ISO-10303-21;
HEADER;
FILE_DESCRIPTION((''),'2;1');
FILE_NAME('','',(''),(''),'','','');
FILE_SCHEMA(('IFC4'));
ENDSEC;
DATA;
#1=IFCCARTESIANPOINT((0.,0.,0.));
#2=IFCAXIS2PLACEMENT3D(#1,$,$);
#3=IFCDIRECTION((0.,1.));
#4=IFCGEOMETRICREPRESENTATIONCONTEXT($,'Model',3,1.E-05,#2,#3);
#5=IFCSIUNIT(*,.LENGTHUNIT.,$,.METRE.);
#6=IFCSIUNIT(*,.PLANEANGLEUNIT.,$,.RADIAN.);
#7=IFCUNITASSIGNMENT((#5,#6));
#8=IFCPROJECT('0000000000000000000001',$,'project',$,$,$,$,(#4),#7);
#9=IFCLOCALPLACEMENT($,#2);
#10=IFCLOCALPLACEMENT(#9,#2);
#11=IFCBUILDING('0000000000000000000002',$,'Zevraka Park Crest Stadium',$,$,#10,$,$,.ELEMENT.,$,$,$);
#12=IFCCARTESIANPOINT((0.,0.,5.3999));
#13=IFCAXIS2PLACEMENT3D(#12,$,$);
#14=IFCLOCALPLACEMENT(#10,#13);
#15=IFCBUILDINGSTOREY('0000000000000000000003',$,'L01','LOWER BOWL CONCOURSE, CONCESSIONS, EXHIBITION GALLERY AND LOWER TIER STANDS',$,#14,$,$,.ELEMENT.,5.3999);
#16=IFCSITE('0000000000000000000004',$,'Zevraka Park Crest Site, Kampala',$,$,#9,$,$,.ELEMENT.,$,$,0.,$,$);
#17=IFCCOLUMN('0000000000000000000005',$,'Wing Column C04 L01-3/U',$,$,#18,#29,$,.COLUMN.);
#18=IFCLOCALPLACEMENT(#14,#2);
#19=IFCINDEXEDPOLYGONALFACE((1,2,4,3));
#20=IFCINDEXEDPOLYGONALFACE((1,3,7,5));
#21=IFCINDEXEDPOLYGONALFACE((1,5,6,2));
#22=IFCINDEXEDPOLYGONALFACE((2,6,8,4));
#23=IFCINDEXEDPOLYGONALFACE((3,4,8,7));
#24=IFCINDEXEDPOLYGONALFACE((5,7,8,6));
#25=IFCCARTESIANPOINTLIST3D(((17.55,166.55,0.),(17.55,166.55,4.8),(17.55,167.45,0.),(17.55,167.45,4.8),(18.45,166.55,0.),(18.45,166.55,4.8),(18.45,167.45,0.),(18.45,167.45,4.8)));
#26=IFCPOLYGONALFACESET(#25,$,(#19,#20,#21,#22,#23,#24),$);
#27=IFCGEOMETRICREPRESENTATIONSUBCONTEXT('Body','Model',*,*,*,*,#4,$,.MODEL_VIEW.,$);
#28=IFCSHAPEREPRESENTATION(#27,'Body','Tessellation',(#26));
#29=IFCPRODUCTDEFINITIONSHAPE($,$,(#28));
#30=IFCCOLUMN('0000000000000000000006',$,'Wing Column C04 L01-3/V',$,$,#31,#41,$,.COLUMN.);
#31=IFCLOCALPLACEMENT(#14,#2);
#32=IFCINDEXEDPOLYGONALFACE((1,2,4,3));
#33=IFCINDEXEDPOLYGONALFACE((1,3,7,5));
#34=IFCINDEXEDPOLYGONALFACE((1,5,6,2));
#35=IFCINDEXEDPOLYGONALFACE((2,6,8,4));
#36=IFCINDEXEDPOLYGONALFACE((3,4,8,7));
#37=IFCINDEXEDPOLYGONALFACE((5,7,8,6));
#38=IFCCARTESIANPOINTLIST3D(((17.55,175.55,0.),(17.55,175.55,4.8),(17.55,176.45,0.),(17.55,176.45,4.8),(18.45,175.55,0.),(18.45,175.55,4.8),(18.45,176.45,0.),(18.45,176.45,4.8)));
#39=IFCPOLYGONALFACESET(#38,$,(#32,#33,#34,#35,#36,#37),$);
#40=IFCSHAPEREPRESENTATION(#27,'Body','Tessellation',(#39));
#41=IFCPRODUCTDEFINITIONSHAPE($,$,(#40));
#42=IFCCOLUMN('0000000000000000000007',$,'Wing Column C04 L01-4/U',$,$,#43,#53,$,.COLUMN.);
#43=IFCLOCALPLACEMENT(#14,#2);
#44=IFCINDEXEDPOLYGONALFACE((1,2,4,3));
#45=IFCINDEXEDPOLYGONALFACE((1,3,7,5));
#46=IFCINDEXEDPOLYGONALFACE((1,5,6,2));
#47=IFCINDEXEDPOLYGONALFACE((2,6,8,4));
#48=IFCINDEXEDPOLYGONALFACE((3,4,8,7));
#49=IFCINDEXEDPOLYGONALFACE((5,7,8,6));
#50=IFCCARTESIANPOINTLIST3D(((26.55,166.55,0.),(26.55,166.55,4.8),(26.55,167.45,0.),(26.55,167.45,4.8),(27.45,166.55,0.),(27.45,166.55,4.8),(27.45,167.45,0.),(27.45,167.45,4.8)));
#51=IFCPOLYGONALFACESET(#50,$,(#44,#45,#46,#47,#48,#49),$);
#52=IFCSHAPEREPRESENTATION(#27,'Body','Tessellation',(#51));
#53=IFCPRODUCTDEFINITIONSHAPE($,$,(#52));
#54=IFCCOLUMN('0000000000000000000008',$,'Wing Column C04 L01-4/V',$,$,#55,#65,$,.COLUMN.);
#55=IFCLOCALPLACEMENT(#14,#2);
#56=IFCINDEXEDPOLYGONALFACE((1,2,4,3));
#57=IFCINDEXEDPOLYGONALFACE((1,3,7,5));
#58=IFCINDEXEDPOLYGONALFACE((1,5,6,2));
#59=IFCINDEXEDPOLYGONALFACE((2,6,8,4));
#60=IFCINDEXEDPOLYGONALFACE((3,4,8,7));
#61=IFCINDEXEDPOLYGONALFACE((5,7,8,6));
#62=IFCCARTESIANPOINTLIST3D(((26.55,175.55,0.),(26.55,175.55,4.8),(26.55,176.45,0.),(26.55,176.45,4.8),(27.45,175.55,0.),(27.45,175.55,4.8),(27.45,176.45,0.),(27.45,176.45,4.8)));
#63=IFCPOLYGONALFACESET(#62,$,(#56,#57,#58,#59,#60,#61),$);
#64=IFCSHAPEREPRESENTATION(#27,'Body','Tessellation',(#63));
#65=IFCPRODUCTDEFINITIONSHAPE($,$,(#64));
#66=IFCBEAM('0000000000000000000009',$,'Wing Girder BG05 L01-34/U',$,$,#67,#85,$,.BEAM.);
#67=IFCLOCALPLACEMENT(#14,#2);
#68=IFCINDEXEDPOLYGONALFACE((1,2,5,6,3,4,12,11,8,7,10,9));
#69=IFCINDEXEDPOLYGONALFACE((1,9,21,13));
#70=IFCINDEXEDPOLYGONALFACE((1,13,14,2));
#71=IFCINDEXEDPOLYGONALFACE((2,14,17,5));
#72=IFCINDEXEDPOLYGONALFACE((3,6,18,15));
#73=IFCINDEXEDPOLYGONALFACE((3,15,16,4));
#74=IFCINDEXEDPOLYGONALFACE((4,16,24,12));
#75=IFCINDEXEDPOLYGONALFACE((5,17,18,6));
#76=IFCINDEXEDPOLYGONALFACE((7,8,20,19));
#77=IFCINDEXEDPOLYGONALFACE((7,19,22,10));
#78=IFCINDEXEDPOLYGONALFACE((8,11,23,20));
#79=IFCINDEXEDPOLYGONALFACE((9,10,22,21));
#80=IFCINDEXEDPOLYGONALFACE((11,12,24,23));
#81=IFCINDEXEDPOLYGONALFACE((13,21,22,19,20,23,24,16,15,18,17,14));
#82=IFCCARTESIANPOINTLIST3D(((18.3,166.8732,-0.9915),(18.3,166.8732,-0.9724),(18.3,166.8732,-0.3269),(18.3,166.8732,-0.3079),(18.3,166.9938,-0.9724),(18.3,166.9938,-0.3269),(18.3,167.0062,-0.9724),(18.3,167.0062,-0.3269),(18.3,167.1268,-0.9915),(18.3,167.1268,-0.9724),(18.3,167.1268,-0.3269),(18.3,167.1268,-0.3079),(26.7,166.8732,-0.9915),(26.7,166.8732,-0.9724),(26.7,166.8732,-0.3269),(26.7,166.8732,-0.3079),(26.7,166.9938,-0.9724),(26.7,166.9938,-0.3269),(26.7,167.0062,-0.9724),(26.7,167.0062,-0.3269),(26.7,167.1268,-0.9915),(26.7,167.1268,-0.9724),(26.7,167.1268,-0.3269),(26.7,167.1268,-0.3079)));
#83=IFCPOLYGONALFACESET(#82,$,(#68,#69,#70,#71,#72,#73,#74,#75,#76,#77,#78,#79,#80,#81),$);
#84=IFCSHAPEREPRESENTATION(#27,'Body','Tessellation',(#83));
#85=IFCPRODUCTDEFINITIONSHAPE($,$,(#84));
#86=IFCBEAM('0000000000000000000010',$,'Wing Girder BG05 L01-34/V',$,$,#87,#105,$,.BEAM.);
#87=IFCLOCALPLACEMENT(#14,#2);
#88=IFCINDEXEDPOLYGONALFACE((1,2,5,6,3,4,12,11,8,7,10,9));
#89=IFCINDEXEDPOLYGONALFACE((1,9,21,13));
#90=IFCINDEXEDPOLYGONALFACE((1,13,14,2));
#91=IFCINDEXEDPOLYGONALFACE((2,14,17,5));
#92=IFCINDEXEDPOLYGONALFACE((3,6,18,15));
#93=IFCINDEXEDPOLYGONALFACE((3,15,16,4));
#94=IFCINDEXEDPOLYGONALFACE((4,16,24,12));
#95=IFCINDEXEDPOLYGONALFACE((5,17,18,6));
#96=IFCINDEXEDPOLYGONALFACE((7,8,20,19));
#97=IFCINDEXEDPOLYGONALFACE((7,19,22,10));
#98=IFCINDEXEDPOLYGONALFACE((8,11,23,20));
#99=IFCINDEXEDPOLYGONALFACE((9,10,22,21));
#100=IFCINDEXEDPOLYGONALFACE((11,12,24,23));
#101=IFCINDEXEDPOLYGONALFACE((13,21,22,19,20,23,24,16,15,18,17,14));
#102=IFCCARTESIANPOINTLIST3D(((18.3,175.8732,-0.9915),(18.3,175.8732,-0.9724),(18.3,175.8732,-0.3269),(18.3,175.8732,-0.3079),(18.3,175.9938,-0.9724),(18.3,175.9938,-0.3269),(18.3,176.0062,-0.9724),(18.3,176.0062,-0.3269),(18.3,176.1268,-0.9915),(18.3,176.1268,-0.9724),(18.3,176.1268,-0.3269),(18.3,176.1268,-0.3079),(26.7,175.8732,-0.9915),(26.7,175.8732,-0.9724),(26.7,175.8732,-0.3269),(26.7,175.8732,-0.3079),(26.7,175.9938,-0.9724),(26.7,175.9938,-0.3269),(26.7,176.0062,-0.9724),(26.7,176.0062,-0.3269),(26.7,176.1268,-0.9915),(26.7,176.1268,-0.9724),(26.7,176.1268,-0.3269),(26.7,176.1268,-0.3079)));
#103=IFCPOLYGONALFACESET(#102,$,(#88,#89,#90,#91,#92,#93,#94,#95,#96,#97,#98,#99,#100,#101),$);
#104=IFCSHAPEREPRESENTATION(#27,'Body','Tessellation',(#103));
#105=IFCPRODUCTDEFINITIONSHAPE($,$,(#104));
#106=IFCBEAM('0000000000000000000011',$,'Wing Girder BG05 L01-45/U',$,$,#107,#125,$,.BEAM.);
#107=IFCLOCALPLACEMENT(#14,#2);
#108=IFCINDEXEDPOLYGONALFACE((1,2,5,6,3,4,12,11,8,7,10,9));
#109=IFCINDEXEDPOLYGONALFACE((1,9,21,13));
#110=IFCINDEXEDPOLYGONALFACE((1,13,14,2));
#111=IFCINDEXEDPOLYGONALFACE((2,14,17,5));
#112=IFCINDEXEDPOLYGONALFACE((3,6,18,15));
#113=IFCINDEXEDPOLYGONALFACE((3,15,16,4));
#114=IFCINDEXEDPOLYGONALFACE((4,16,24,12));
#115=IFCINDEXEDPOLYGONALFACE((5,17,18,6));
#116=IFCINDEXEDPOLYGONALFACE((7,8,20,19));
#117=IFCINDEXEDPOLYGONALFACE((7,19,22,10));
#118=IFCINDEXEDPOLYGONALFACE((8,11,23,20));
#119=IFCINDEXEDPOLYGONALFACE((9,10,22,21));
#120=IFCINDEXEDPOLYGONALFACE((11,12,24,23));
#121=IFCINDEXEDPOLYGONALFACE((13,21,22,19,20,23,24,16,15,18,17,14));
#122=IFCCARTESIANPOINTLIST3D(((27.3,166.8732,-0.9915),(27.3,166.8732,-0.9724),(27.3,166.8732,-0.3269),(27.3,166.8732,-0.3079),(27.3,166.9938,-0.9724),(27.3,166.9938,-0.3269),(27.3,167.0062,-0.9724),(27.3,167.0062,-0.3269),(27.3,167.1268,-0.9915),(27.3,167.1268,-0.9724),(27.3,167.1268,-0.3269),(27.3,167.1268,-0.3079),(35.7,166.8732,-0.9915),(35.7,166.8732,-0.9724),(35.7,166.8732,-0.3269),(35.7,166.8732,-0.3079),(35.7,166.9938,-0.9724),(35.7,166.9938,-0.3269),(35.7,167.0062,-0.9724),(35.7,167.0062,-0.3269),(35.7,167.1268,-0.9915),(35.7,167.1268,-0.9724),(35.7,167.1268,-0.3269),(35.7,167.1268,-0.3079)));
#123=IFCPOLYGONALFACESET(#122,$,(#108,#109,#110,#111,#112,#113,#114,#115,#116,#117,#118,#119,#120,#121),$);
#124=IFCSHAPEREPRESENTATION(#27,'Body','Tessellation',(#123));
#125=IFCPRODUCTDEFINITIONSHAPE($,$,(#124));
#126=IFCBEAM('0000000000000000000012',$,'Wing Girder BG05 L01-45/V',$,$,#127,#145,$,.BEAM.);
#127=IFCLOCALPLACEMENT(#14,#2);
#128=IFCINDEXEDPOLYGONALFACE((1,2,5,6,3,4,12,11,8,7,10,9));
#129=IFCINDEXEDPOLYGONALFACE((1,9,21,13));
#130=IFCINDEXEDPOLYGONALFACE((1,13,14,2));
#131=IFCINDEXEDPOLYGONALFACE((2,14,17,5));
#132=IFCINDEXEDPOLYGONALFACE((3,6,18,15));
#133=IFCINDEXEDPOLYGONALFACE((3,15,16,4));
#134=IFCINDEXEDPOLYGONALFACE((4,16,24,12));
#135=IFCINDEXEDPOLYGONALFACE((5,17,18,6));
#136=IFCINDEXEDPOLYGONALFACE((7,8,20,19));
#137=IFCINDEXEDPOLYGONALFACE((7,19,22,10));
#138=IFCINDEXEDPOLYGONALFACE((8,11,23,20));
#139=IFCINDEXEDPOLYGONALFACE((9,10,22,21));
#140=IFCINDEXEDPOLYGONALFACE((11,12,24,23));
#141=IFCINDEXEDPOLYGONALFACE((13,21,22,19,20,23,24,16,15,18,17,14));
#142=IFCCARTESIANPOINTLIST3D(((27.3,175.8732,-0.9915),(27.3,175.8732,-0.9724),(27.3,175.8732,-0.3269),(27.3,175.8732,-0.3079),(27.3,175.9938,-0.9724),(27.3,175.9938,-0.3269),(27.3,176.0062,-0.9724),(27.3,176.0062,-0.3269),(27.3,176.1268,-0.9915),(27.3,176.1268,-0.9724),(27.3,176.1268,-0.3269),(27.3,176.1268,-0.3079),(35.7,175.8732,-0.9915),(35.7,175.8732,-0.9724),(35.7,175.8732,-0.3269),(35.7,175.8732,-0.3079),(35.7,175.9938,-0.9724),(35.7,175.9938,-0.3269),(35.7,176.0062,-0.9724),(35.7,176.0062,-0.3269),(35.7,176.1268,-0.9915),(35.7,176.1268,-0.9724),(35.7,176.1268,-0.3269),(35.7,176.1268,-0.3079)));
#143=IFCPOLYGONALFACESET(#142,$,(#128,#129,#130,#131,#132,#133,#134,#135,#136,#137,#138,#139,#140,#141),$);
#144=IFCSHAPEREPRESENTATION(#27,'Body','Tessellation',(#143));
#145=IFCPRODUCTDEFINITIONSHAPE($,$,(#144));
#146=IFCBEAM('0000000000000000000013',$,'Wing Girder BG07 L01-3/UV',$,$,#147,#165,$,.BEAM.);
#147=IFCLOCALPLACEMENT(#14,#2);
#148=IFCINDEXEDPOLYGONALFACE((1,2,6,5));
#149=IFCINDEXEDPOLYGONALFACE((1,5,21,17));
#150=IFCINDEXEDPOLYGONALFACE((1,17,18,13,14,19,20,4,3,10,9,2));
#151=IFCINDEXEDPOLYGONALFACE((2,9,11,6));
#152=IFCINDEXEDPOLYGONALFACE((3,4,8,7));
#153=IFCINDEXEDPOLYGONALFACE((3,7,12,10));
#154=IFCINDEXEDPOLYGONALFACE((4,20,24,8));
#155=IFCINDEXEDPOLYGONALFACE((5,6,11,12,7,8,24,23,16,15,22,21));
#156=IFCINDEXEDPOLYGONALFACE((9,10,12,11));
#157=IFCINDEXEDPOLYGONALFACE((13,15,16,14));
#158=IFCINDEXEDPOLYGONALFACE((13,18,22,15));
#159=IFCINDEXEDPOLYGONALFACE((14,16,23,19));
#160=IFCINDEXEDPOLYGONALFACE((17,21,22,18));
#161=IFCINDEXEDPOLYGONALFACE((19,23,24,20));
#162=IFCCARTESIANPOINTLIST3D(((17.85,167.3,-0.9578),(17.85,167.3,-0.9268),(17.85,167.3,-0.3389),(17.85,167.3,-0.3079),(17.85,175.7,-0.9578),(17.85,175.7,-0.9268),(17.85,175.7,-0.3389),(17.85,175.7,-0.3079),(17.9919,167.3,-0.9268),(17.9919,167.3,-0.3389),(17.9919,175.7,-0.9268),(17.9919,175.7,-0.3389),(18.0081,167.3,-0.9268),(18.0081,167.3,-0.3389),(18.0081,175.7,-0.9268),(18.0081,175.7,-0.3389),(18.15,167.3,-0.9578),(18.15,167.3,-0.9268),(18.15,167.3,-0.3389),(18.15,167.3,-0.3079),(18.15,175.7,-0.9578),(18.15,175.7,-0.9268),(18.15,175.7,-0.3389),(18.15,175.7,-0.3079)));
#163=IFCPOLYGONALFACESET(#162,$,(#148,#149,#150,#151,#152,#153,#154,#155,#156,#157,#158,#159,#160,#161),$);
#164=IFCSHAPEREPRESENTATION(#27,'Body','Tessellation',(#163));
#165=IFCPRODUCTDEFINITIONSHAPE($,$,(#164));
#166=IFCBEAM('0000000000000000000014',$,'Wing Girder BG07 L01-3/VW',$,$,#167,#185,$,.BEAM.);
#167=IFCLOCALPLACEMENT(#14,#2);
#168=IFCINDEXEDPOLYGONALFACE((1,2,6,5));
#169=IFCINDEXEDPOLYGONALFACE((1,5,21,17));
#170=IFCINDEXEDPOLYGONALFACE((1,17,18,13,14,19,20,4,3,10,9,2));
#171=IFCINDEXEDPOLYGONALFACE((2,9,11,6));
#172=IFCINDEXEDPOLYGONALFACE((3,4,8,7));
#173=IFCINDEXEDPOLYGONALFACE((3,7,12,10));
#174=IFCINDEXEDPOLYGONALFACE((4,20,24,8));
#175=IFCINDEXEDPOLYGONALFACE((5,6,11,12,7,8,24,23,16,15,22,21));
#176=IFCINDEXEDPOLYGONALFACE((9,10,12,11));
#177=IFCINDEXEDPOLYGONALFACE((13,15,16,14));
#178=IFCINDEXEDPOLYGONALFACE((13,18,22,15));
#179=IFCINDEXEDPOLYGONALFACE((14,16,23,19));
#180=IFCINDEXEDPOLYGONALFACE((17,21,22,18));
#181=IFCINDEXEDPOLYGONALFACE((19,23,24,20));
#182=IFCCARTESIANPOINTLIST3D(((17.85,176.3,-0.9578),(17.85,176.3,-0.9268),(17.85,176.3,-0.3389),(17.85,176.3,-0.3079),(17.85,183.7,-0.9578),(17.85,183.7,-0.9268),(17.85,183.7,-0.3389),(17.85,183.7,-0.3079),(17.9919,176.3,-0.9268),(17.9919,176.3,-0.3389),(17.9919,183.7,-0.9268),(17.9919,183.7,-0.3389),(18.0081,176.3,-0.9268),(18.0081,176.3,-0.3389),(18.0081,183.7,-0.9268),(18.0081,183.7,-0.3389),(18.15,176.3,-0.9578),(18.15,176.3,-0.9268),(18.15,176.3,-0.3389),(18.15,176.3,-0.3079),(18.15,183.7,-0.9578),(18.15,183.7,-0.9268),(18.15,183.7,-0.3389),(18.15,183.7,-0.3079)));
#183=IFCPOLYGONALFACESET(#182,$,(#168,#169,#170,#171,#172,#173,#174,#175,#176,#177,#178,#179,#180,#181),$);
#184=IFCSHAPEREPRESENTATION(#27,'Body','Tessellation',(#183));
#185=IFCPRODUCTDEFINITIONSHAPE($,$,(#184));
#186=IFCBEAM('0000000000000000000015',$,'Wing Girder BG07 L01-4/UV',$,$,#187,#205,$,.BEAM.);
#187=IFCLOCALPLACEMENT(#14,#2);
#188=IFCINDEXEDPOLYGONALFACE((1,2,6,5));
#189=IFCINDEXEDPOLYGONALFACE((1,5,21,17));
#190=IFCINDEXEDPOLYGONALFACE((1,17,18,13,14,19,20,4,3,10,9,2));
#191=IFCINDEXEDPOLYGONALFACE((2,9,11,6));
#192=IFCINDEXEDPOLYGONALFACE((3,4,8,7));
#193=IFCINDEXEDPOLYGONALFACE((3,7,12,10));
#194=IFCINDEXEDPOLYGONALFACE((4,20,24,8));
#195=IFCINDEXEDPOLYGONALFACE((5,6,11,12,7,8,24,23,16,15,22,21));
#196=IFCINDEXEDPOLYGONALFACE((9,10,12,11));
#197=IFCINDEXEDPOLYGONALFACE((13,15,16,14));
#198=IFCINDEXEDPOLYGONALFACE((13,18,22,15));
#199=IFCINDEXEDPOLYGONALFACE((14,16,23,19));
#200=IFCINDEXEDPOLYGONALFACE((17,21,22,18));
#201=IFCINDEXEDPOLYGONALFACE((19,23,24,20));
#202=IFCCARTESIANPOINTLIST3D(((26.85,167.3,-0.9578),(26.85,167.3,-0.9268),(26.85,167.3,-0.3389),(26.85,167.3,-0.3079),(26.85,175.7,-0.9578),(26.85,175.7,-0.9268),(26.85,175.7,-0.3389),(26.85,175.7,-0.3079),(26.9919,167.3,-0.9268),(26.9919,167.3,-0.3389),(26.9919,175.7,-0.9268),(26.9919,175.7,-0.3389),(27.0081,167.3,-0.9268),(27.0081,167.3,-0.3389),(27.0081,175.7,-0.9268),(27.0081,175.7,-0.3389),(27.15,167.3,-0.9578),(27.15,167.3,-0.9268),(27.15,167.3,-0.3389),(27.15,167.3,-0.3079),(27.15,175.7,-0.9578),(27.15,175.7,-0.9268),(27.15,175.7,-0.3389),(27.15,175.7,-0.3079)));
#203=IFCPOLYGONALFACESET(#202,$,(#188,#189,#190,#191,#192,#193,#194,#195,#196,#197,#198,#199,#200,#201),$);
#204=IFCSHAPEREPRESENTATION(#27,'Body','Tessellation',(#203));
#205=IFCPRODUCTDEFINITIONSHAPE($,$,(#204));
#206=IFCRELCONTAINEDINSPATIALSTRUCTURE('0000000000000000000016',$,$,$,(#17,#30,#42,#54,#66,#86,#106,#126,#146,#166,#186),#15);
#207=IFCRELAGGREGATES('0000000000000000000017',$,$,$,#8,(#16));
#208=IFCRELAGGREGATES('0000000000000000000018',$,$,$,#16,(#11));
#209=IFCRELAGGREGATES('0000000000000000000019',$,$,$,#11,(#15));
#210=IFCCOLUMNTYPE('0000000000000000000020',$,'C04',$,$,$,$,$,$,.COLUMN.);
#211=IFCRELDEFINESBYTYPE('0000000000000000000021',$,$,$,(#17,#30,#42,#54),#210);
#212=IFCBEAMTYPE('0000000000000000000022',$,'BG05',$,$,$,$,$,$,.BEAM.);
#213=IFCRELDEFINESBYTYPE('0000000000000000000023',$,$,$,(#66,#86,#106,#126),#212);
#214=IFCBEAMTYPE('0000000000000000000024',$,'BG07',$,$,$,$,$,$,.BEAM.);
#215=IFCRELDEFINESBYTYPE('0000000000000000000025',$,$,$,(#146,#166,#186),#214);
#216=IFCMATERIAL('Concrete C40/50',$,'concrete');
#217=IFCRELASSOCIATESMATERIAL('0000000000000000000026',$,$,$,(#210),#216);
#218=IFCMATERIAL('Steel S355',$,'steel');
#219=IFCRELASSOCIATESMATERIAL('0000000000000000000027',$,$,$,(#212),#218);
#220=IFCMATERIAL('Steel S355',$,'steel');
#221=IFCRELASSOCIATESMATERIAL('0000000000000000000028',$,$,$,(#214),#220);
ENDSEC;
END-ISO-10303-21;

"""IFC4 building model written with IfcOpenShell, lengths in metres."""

from ifc_helpers import new_model, si_unit, direction, frame, origin, origin_2d, place, context, subcontext, project, spatial, rectangle, i_section, extrude, material, material_profile, profile_set, type_object, element, save


model = new_model("IFC4")

# Units and contexts
model_context = context("Model", 3, precision=1e-05, world=origin(), true_north=direction((0.0, 1.0)))
body_context = subcontext(model_context, "Body", "Model", "MODEL_VIEW")
ifc_project = project(units=[si_unit("LENGTHUNIT", "METRE"), si_unit("PLANEANGLEUNIT", "RADIAN")], contexts=[model_context])

# Site, building, storey
site_placement = place(None, origin())
site = spatial("IfcSite", under=ifc_project, at=site_placement, Name="Zevraka Park Crest Site, Kampala", CompositionType="ELEMENT", RefElevation=0.0)
building_placement = place(site_placement, origin())
building = spatial("IfcBuilding", under=site, at=building_placement, Name="Zevraka Park Crest Stadium", CompositionType="ELEMENT")
storey_placement = place(building_placement, frame((0.0, 0.0, 5.3999)))
storey = spatial("IfcBuildingStorey", under=building, at=storey_placement, Name="L01", Description="LOWER BOWL CONCOURSE, CONCESSIONS, EXHIBITION GALLERY AND LOWER TIER STANDS", CompositionType="ELEMENT", Elevation=5.3999)

# Columns
ifc_material_1 = material(Name="Concrete C40/50", Category="concrete")
ifc_material_profile_1 = material_profile(ifc_material_1, rectangle(XDim=0.8999, YDim=0.8999, at=origin_2d()), Name="RC 900x900")
ifc_profile_set_1 = profile_set([ifc_material_profile_1], Name="Concrete C40/50")
column_type = type_object("IfcColumnType", Name="C04", PredefinedType="COLUMN", material=ifc_profile_set_1)
for number, where, z_axis, x_axis, name in (
    (1, (18.0, 167.0, 0.0), (0.0, 0.0, 1.0), (1.0, 0.0, 0.0), "Wing Column C04 L01-3/U"),
    (2, (18.0, 176.0, 0.0), (0.0, 0.0, 1.0), (1.0, 0.0, 0.0), "Wing Column C04 L01-3/V"),
    (3, (27.0, 167.0, 0.0), (0.0, 0.0, 1.0), (1.0, 0.0, 0.0), "Wing Column C04 L01-4/U"),
    (4, (27.0, 176.0, 0.0), (0.0, 0.0, 1.0), (1.0, 0.0, 0.0), "Wing Column C04 L01-4/V"),
):
    element("IfcColumn", number, at=place(storey_placement, frame(where, z_axis=z_axis, x_axis=x_axis)), inside=storey, type_object=column_type, Name=name, PredefinedType="COLUMN", context=body_context, shape_type="SweptSolid", body=[
        extrude(rectangle(XDim=0.8999, YDim=0.8999, at=origin_2d()), origin(), (0.0, 0.0, 1.0), 4.8),
    ])

# Beams
ifc_material_2 = material(Name="Steel S355", Category="steel")
ifc_material_profile_2 = material_profile(ifc_material_2, i_section(OverallWidth=0.2537, OverallDepth=0.6836, WebThickness=0.0125, FlangeThickness=0.019, at=origin_2d()), Name="UKB 686x254x140")
ifc_profile_set_2 = profile_set([ifc_material_profile_2], Name="Steel S355")
beam_type_1 = type_object("IfcBeamType", Name="BG05", PredefinedType="BEAM", material=ifc_profile_set_2)
for number, where, z_axis, x_axis, name in (
    (5, (18.3, 167.0, -0.6497), (1.0, 0.0, 0.0), (0.0, 1.0, 0.0), "Wing Girder BG05 L01-34/U"),
    (6, (18.3, 176.0, -0.6497), (1.0, 0.0, 0.0), (0.0, 1.0, 0.0), "Wing Girder BG05 L01-34/V"),
    (7, (27.3, 167.0, -0.6497), (1.0, 0.0, 0.0), (0.0, 1.0, 0.0), "Wing Girder BG05 L01-45/U"),
    (8, (27.3, 176.0, -0.6497), (1.0, 0.0, 0.0), (0.0, 1.0, 0.0), "Wing Girder BG05 L01-45/V"),
):
    element("IfcBeam", number, at=place(storey_placement, frame(where, z_axis=z_axis, x_axis=x_axis)), inside=storey, type_object=beam_type_1, Name=name, PredefinedType="BEAM", context=body_context, shape_type="SweptSolid", body=[
        extrude(i_section(OverallWidth=0.2537, OverallDepth=0.6836, WebThickness=0.0125, FlangeThickness=0.019, at=origin_2d()), origin(), (0.0, 0.0, 1.0), 8.3999),
    ])
ifc_material_3 = material(Name="Steel S355", Category="steel")
ifc_material_profile_3 = material_profile(ifc_material_3, i_section(OverallWidth=0.3, OverallDepth=0.6499, WebThickness=0.0161, FlangeThickness=0.031, at=origin_2d()), Name="HEB 650")
ifc_profile_set_3 = profile_set([ifc_material_profile_3], Name="Steel S355")
beam_type_2 = type_object("IfcBeamType", Name="BG07", PredefinedType="BEAM", material=ifc_profile_set_3)
beam_1_placement = place(storey_placement, frame((18.0, 167.3, -0.6328), z_axis=(0.0, 1.0, 0.0), x_axis=(-1.0, 0.0, 0.0)))
element("IfcBeam", 9, at=beam_1_placement, inside=storey, type_object=beam_type_2, Name="Wing Girder BG07 L01-3/UV", PredefinedType="BEAM", context=body_context, shape_type="SweptSolid", body=[
    extrude(i_section(OverallWidth=0.3, OverallDepth=0.6499, WebThickness=0.0161, FlangeThickness=0.031, at=origin_2d()), origin(), (0.0, 0.0, 1.0), 8.3999),
])
beam_2_placement = place(storey_placement, frame((18.0, 176.3, -0.6328), z_axis=(0.0, 1.0, 0.0), x_axis=(-1.0, 0.0, 0.0)))
element("IfcBeam", 10, at=beam_2_placement, inside=storey, type_object=beam_type_2, Name="Wing Girder BG07 L01-3/VW", PredefinedType="BEAM", context=body_context, shape_type="SweptSolid", body=[
    extrude(i_section(OverallWidth=0.3, OverallDepth=0.6499, WebThickness=0.0161, FlangeThickness=0.031, at=origin_2d()), origin(), (0.0, 0.0, 1.0), 7.3999),
])
beam_3_placement = place(storey_placement, frame((27.0, 167.3, -0.6328), z_axis=(0.0, 1.0, 0.0), x_axis=(-1.0, 0.0, 0.0)))
element("IfcBeam", 11, at=beam_3_placement, inside=storey, type_object=beam_type_2, Name="Wing Girder BG07 L01-4/UV", PredefinedType="BEAM", context=body_context, shape_type="SweptSolid", body=[
    extrude(i_section(OverallWidth=0.3, OverallDepth=0.6499, WebThickness=0.0161, FlangeThickness=0.031, at=origin_2d()), origin(), (0.0, 0.0, 1.0), 8.3999),
])

save(model, "model.ifc")
